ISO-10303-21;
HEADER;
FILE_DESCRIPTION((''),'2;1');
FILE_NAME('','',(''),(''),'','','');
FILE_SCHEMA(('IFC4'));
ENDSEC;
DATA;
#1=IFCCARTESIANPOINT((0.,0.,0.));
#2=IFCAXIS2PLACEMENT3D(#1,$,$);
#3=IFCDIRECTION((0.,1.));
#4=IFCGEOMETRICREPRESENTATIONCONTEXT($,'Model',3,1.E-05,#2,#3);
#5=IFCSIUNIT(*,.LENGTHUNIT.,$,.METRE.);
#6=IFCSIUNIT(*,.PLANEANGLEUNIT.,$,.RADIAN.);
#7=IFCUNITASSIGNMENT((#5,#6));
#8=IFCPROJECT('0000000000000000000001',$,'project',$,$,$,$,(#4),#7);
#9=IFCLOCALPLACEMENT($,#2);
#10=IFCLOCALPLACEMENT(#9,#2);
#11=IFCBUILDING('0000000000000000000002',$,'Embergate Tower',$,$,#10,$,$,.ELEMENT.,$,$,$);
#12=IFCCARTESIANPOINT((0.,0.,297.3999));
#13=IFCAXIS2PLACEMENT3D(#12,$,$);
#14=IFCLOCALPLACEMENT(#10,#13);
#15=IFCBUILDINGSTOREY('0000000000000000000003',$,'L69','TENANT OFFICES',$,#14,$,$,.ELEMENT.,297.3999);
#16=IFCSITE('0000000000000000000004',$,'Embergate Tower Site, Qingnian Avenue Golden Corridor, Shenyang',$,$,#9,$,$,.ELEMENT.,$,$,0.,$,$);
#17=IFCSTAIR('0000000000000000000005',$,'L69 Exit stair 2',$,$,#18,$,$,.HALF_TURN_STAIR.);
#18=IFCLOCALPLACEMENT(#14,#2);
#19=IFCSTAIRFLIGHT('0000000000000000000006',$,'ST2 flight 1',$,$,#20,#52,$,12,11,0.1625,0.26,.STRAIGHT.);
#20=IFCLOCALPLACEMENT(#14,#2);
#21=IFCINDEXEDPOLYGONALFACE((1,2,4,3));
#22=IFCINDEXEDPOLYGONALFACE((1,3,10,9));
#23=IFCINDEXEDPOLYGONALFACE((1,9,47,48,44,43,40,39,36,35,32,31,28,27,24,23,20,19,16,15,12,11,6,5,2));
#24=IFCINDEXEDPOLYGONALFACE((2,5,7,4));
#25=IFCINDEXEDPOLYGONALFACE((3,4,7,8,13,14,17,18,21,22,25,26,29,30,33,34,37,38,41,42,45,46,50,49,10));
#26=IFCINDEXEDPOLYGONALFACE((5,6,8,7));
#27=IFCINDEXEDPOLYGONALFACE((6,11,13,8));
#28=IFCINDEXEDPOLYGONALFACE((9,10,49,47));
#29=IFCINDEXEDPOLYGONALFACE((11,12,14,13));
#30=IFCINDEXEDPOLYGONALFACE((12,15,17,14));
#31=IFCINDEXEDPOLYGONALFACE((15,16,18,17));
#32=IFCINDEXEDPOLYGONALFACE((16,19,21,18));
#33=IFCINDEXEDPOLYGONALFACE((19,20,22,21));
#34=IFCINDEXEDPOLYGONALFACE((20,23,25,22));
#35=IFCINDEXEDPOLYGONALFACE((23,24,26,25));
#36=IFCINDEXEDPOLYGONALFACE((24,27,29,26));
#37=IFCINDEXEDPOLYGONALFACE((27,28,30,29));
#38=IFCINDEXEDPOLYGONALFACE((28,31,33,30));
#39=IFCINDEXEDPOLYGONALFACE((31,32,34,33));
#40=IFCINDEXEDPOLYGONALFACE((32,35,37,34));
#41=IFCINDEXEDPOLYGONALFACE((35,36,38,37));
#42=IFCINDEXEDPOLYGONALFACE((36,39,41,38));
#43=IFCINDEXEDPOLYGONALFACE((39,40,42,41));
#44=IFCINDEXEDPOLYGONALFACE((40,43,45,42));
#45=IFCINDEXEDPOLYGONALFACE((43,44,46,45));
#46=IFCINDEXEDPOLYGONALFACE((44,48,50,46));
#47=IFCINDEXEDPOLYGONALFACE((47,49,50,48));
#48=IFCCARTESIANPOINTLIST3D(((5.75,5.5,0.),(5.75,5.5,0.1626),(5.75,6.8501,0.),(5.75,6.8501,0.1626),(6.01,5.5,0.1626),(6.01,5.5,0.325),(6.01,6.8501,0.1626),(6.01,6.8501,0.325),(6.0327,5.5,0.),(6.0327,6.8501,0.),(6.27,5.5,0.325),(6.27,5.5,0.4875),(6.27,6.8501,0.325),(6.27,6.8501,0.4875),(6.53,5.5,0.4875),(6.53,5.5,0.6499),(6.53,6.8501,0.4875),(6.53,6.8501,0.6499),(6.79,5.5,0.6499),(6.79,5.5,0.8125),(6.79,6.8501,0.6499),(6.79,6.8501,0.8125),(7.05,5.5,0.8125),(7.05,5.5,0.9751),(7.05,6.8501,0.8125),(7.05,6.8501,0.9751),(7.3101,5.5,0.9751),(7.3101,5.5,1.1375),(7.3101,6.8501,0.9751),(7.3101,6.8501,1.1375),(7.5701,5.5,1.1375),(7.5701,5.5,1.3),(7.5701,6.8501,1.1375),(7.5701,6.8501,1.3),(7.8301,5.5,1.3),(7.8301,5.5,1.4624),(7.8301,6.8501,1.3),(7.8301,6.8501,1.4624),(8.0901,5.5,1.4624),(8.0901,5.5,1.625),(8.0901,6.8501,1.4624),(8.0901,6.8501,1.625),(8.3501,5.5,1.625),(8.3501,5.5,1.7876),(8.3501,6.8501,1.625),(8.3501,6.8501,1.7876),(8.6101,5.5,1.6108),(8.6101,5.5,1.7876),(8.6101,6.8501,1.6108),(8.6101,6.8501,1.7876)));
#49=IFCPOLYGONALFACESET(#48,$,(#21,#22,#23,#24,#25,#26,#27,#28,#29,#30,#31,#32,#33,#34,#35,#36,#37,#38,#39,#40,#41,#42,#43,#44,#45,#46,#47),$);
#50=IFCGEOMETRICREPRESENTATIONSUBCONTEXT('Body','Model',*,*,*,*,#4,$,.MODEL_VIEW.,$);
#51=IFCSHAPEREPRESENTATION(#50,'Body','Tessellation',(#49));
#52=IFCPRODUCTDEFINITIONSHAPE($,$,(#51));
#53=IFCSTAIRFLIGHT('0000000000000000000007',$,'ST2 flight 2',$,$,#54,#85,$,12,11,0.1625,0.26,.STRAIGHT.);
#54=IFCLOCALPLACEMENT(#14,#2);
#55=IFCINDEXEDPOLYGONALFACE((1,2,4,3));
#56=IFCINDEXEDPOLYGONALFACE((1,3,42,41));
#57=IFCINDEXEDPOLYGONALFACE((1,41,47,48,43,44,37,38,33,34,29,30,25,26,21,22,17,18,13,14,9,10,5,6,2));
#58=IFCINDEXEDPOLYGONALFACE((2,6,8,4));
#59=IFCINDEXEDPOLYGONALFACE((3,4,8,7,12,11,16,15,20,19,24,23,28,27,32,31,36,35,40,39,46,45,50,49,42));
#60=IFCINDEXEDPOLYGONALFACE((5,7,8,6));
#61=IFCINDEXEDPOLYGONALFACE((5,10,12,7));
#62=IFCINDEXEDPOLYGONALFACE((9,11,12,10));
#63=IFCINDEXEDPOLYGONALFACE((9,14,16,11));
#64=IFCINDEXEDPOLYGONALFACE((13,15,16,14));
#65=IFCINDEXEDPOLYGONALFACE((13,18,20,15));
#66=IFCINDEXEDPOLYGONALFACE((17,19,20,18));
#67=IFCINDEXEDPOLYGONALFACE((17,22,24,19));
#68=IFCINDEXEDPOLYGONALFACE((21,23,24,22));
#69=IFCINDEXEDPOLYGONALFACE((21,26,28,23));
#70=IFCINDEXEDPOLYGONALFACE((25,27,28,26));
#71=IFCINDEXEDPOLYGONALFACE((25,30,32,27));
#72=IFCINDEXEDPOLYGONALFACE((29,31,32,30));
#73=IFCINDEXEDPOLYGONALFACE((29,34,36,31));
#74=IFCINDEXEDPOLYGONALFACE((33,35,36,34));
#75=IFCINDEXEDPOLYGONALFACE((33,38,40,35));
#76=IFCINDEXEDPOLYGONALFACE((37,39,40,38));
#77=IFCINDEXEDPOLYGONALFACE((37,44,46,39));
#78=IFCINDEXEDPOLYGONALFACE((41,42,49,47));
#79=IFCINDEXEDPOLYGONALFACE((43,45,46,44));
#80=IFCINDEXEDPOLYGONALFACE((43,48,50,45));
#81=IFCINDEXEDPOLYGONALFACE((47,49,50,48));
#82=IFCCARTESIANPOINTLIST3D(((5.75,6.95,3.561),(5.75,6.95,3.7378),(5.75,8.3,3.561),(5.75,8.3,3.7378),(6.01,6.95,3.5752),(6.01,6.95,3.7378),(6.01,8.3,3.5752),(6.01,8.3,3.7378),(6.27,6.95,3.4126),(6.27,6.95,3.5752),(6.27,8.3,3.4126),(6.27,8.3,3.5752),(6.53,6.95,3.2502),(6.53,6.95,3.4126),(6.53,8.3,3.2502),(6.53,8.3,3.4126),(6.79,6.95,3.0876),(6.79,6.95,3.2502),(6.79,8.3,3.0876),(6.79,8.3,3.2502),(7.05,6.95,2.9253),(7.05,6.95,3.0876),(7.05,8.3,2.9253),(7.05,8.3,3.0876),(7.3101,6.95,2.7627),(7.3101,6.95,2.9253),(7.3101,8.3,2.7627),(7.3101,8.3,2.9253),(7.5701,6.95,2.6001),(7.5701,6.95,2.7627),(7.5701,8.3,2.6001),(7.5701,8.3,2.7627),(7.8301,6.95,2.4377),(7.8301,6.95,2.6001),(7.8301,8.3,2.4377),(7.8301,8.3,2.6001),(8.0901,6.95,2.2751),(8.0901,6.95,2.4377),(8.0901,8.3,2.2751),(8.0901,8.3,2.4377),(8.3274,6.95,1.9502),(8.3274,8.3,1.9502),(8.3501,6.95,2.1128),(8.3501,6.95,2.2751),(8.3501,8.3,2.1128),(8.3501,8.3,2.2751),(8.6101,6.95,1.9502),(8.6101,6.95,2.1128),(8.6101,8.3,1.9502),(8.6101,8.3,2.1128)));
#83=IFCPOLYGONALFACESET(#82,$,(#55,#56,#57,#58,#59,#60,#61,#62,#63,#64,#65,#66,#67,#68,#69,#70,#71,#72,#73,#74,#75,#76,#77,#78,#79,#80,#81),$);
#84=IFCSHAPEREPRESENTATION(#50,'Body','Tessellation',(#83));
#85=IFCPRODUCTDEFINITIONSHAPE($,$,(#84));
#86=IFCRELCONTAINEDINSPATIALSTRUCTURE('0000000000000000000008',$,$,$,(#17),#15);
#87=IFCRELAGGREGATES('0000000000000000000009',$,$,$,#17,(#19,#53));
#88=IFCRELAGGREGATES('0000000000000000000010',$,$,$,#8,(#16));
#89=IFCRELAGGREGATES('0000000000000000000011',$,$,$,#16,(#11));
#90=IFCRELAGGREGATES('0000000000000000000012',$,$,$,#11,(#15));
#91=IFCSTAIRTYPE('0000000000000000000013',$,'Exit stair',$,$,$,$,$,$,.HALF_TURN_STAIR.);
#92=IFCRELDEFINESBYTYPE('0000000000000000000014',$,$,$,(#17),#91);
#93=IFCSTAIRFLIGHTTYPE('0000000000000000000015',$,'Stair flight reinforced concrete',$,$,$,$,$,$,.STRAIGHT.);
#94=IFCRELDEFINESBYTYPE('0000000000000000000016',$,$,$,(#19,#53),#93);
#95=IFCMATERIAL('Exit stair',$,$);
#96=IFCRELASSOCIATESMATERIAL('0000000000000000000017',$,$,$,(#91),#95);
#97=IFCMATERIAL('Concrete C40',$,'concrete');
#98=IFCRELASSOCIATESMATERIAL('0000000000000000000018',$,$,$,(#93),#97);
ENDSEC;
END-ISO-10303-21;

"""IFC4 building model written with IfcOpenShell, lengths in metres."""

from ifc_helpers import new_model, si_unit, direction, frame, origin, place, context, subcontext, project, spatial, polyline, outline, extrude, source, transform, mapped, material, type_object, element, aggregate, save


model = new_model("IFC4")

# Units and contexts
model_context = context("Model", 3, precision=1e-05, world=origin(), true_north=direction((0.0, 1.0)))
body_context = subcontext(model_context, "Body", "Model", "MODEL_VIEW")
ifc_project = project(units=[si_unit("LENGTHUNIT", "METRE"), si_unit("PLANEANGLEUNIT", "RADIAN")], contexts=[model_context])

# Site, building, storey
site_placement = place(None, origin())
site = spatial("IfcSite", under=ifc_project, at=site_placement, Name="Embergate Tower Site, Qingnian Avenue Golden Corridor, Shenyang", CompositionType="ELEMENT", RefElevation=0.0)
building_placement = place(site_placement, origin())
building = spatial("IfcBuilding", under=site, at=building_placement, Name="Embergate Tower", CompositionType="ELEMENT")
storey_placement = place(building_placement, frame((0.0, 0.0, 297.3999)))
storey = spatial("IfcBuildingStorey", under=building, at=storey_placement, Name="L69", Description="TENANT OFFICES", CompositionType="ELEMENT", Elevation=297.3999)

# Stair, stair flights
ifc_material_1 = material(Name="Exit stair")
stair_type = type_object("IfcStairType", Name="Exit stair", PredefinedType="HALF_TURN_STAIR", material=ifc_material_1)
stair_placement = place(storey_placement, origin())
stair = element("IfcStair", 1, at=stair_placement, inside=storey, type_object=stair_type, Name="L69 Exit stair 2", PredefinedType="HALF_TURN_STAIR")
ifc_material_2 = material(Name="Concrete C40", Category="concrete")
stair_flight_type = type_object("IfcStairFlightType", Name="Stair flight reinforced concrete", PredefinedType="STRAIGHT", material=ifc_material_2)
shared_shape_1 = source(origin(), body_context, "Body", "SweptSolid", [
    extrude(outline(polyline([(0.0, 0.0), (0.0, 0.1626), (0.26, 0.1626), (0.26, 0.325), (0.52, 0.325), (0.52, 0.4875), (0.78, 0.4875), (0.78, 0.6499), (1.04, 0.6499), (1.04, 0.8125), (1.3, 0.8125), (1.3, 0.9751), (1.5601, 0.9751), (1.5601, 1.1375), (1.8201, 1.1375), (1.8201, 1.3), (2.0801, 1.3), (2.0801, 1.4624), (2.3401, 1.4624), (2.3401, 1.625), (2.6001, 1.625), (2.6001, 1.7876), (2.8601, 1.7876), (2.8601, 1.95), (2.8601, 1.6108), (0.2827, 0.0), (0.0, 0.0)])), frame((0.0, 0.675, 0.0), z_axis=(0.0, -1.0, 0.0), x_axis=(1.0, 0.0, 0.0)), (0.0, 0.0, 1.0), 1.3501),
])
stair_flight_1_placement = place(storey_placement, frame((5.75, 6.175, 0.0), z_axis=(0.0, 0.0, 1.0), x_axis=(1.0, 0.0, 0.0)))
stair_flight_1 = element("IfcStairFlight", 2, at=stair_flight_1_placement, type_object=stair_flight_type, Name="ST2 flight 1", NumberOfRisers=12, NumberOfTreads=11, PredefinedType="STRAIGHT", RiserHeight=0.1625, TreadLength=0.26, context=body_context, shape_type="MappedRepresentation", body=[
    mapped(shared_shape_1, transform((0.0, 0.0, 0.0))),
])
stair_flight_2_placement = place(storey_placement, frame((8.6101, 7.625, 1.9502), z_axis=(0.0, 0.0, 1.0), x_axis=(-1.0, 0.0, 0.0)))
stair_flight_2 = element("IfcStairFlight", 3, at=stair_flight_2_placement, type_object=stair_flight_type, Name="ST2 flight 2", NumberOfRisers=12, NumberOfTreads=11, PredefinedType="STRAIGHT", RiserHeight=0.1625, TreadLength=0.26, context=body_context, shape_type="MappedRepresentation", body=[
    mapped(shared_shape_1, transform((0.0, 0.0, 0.0))),
])
aggregate(stair, [stair_flight_1, stair_flight_2])

save(model, "model.ifc")
